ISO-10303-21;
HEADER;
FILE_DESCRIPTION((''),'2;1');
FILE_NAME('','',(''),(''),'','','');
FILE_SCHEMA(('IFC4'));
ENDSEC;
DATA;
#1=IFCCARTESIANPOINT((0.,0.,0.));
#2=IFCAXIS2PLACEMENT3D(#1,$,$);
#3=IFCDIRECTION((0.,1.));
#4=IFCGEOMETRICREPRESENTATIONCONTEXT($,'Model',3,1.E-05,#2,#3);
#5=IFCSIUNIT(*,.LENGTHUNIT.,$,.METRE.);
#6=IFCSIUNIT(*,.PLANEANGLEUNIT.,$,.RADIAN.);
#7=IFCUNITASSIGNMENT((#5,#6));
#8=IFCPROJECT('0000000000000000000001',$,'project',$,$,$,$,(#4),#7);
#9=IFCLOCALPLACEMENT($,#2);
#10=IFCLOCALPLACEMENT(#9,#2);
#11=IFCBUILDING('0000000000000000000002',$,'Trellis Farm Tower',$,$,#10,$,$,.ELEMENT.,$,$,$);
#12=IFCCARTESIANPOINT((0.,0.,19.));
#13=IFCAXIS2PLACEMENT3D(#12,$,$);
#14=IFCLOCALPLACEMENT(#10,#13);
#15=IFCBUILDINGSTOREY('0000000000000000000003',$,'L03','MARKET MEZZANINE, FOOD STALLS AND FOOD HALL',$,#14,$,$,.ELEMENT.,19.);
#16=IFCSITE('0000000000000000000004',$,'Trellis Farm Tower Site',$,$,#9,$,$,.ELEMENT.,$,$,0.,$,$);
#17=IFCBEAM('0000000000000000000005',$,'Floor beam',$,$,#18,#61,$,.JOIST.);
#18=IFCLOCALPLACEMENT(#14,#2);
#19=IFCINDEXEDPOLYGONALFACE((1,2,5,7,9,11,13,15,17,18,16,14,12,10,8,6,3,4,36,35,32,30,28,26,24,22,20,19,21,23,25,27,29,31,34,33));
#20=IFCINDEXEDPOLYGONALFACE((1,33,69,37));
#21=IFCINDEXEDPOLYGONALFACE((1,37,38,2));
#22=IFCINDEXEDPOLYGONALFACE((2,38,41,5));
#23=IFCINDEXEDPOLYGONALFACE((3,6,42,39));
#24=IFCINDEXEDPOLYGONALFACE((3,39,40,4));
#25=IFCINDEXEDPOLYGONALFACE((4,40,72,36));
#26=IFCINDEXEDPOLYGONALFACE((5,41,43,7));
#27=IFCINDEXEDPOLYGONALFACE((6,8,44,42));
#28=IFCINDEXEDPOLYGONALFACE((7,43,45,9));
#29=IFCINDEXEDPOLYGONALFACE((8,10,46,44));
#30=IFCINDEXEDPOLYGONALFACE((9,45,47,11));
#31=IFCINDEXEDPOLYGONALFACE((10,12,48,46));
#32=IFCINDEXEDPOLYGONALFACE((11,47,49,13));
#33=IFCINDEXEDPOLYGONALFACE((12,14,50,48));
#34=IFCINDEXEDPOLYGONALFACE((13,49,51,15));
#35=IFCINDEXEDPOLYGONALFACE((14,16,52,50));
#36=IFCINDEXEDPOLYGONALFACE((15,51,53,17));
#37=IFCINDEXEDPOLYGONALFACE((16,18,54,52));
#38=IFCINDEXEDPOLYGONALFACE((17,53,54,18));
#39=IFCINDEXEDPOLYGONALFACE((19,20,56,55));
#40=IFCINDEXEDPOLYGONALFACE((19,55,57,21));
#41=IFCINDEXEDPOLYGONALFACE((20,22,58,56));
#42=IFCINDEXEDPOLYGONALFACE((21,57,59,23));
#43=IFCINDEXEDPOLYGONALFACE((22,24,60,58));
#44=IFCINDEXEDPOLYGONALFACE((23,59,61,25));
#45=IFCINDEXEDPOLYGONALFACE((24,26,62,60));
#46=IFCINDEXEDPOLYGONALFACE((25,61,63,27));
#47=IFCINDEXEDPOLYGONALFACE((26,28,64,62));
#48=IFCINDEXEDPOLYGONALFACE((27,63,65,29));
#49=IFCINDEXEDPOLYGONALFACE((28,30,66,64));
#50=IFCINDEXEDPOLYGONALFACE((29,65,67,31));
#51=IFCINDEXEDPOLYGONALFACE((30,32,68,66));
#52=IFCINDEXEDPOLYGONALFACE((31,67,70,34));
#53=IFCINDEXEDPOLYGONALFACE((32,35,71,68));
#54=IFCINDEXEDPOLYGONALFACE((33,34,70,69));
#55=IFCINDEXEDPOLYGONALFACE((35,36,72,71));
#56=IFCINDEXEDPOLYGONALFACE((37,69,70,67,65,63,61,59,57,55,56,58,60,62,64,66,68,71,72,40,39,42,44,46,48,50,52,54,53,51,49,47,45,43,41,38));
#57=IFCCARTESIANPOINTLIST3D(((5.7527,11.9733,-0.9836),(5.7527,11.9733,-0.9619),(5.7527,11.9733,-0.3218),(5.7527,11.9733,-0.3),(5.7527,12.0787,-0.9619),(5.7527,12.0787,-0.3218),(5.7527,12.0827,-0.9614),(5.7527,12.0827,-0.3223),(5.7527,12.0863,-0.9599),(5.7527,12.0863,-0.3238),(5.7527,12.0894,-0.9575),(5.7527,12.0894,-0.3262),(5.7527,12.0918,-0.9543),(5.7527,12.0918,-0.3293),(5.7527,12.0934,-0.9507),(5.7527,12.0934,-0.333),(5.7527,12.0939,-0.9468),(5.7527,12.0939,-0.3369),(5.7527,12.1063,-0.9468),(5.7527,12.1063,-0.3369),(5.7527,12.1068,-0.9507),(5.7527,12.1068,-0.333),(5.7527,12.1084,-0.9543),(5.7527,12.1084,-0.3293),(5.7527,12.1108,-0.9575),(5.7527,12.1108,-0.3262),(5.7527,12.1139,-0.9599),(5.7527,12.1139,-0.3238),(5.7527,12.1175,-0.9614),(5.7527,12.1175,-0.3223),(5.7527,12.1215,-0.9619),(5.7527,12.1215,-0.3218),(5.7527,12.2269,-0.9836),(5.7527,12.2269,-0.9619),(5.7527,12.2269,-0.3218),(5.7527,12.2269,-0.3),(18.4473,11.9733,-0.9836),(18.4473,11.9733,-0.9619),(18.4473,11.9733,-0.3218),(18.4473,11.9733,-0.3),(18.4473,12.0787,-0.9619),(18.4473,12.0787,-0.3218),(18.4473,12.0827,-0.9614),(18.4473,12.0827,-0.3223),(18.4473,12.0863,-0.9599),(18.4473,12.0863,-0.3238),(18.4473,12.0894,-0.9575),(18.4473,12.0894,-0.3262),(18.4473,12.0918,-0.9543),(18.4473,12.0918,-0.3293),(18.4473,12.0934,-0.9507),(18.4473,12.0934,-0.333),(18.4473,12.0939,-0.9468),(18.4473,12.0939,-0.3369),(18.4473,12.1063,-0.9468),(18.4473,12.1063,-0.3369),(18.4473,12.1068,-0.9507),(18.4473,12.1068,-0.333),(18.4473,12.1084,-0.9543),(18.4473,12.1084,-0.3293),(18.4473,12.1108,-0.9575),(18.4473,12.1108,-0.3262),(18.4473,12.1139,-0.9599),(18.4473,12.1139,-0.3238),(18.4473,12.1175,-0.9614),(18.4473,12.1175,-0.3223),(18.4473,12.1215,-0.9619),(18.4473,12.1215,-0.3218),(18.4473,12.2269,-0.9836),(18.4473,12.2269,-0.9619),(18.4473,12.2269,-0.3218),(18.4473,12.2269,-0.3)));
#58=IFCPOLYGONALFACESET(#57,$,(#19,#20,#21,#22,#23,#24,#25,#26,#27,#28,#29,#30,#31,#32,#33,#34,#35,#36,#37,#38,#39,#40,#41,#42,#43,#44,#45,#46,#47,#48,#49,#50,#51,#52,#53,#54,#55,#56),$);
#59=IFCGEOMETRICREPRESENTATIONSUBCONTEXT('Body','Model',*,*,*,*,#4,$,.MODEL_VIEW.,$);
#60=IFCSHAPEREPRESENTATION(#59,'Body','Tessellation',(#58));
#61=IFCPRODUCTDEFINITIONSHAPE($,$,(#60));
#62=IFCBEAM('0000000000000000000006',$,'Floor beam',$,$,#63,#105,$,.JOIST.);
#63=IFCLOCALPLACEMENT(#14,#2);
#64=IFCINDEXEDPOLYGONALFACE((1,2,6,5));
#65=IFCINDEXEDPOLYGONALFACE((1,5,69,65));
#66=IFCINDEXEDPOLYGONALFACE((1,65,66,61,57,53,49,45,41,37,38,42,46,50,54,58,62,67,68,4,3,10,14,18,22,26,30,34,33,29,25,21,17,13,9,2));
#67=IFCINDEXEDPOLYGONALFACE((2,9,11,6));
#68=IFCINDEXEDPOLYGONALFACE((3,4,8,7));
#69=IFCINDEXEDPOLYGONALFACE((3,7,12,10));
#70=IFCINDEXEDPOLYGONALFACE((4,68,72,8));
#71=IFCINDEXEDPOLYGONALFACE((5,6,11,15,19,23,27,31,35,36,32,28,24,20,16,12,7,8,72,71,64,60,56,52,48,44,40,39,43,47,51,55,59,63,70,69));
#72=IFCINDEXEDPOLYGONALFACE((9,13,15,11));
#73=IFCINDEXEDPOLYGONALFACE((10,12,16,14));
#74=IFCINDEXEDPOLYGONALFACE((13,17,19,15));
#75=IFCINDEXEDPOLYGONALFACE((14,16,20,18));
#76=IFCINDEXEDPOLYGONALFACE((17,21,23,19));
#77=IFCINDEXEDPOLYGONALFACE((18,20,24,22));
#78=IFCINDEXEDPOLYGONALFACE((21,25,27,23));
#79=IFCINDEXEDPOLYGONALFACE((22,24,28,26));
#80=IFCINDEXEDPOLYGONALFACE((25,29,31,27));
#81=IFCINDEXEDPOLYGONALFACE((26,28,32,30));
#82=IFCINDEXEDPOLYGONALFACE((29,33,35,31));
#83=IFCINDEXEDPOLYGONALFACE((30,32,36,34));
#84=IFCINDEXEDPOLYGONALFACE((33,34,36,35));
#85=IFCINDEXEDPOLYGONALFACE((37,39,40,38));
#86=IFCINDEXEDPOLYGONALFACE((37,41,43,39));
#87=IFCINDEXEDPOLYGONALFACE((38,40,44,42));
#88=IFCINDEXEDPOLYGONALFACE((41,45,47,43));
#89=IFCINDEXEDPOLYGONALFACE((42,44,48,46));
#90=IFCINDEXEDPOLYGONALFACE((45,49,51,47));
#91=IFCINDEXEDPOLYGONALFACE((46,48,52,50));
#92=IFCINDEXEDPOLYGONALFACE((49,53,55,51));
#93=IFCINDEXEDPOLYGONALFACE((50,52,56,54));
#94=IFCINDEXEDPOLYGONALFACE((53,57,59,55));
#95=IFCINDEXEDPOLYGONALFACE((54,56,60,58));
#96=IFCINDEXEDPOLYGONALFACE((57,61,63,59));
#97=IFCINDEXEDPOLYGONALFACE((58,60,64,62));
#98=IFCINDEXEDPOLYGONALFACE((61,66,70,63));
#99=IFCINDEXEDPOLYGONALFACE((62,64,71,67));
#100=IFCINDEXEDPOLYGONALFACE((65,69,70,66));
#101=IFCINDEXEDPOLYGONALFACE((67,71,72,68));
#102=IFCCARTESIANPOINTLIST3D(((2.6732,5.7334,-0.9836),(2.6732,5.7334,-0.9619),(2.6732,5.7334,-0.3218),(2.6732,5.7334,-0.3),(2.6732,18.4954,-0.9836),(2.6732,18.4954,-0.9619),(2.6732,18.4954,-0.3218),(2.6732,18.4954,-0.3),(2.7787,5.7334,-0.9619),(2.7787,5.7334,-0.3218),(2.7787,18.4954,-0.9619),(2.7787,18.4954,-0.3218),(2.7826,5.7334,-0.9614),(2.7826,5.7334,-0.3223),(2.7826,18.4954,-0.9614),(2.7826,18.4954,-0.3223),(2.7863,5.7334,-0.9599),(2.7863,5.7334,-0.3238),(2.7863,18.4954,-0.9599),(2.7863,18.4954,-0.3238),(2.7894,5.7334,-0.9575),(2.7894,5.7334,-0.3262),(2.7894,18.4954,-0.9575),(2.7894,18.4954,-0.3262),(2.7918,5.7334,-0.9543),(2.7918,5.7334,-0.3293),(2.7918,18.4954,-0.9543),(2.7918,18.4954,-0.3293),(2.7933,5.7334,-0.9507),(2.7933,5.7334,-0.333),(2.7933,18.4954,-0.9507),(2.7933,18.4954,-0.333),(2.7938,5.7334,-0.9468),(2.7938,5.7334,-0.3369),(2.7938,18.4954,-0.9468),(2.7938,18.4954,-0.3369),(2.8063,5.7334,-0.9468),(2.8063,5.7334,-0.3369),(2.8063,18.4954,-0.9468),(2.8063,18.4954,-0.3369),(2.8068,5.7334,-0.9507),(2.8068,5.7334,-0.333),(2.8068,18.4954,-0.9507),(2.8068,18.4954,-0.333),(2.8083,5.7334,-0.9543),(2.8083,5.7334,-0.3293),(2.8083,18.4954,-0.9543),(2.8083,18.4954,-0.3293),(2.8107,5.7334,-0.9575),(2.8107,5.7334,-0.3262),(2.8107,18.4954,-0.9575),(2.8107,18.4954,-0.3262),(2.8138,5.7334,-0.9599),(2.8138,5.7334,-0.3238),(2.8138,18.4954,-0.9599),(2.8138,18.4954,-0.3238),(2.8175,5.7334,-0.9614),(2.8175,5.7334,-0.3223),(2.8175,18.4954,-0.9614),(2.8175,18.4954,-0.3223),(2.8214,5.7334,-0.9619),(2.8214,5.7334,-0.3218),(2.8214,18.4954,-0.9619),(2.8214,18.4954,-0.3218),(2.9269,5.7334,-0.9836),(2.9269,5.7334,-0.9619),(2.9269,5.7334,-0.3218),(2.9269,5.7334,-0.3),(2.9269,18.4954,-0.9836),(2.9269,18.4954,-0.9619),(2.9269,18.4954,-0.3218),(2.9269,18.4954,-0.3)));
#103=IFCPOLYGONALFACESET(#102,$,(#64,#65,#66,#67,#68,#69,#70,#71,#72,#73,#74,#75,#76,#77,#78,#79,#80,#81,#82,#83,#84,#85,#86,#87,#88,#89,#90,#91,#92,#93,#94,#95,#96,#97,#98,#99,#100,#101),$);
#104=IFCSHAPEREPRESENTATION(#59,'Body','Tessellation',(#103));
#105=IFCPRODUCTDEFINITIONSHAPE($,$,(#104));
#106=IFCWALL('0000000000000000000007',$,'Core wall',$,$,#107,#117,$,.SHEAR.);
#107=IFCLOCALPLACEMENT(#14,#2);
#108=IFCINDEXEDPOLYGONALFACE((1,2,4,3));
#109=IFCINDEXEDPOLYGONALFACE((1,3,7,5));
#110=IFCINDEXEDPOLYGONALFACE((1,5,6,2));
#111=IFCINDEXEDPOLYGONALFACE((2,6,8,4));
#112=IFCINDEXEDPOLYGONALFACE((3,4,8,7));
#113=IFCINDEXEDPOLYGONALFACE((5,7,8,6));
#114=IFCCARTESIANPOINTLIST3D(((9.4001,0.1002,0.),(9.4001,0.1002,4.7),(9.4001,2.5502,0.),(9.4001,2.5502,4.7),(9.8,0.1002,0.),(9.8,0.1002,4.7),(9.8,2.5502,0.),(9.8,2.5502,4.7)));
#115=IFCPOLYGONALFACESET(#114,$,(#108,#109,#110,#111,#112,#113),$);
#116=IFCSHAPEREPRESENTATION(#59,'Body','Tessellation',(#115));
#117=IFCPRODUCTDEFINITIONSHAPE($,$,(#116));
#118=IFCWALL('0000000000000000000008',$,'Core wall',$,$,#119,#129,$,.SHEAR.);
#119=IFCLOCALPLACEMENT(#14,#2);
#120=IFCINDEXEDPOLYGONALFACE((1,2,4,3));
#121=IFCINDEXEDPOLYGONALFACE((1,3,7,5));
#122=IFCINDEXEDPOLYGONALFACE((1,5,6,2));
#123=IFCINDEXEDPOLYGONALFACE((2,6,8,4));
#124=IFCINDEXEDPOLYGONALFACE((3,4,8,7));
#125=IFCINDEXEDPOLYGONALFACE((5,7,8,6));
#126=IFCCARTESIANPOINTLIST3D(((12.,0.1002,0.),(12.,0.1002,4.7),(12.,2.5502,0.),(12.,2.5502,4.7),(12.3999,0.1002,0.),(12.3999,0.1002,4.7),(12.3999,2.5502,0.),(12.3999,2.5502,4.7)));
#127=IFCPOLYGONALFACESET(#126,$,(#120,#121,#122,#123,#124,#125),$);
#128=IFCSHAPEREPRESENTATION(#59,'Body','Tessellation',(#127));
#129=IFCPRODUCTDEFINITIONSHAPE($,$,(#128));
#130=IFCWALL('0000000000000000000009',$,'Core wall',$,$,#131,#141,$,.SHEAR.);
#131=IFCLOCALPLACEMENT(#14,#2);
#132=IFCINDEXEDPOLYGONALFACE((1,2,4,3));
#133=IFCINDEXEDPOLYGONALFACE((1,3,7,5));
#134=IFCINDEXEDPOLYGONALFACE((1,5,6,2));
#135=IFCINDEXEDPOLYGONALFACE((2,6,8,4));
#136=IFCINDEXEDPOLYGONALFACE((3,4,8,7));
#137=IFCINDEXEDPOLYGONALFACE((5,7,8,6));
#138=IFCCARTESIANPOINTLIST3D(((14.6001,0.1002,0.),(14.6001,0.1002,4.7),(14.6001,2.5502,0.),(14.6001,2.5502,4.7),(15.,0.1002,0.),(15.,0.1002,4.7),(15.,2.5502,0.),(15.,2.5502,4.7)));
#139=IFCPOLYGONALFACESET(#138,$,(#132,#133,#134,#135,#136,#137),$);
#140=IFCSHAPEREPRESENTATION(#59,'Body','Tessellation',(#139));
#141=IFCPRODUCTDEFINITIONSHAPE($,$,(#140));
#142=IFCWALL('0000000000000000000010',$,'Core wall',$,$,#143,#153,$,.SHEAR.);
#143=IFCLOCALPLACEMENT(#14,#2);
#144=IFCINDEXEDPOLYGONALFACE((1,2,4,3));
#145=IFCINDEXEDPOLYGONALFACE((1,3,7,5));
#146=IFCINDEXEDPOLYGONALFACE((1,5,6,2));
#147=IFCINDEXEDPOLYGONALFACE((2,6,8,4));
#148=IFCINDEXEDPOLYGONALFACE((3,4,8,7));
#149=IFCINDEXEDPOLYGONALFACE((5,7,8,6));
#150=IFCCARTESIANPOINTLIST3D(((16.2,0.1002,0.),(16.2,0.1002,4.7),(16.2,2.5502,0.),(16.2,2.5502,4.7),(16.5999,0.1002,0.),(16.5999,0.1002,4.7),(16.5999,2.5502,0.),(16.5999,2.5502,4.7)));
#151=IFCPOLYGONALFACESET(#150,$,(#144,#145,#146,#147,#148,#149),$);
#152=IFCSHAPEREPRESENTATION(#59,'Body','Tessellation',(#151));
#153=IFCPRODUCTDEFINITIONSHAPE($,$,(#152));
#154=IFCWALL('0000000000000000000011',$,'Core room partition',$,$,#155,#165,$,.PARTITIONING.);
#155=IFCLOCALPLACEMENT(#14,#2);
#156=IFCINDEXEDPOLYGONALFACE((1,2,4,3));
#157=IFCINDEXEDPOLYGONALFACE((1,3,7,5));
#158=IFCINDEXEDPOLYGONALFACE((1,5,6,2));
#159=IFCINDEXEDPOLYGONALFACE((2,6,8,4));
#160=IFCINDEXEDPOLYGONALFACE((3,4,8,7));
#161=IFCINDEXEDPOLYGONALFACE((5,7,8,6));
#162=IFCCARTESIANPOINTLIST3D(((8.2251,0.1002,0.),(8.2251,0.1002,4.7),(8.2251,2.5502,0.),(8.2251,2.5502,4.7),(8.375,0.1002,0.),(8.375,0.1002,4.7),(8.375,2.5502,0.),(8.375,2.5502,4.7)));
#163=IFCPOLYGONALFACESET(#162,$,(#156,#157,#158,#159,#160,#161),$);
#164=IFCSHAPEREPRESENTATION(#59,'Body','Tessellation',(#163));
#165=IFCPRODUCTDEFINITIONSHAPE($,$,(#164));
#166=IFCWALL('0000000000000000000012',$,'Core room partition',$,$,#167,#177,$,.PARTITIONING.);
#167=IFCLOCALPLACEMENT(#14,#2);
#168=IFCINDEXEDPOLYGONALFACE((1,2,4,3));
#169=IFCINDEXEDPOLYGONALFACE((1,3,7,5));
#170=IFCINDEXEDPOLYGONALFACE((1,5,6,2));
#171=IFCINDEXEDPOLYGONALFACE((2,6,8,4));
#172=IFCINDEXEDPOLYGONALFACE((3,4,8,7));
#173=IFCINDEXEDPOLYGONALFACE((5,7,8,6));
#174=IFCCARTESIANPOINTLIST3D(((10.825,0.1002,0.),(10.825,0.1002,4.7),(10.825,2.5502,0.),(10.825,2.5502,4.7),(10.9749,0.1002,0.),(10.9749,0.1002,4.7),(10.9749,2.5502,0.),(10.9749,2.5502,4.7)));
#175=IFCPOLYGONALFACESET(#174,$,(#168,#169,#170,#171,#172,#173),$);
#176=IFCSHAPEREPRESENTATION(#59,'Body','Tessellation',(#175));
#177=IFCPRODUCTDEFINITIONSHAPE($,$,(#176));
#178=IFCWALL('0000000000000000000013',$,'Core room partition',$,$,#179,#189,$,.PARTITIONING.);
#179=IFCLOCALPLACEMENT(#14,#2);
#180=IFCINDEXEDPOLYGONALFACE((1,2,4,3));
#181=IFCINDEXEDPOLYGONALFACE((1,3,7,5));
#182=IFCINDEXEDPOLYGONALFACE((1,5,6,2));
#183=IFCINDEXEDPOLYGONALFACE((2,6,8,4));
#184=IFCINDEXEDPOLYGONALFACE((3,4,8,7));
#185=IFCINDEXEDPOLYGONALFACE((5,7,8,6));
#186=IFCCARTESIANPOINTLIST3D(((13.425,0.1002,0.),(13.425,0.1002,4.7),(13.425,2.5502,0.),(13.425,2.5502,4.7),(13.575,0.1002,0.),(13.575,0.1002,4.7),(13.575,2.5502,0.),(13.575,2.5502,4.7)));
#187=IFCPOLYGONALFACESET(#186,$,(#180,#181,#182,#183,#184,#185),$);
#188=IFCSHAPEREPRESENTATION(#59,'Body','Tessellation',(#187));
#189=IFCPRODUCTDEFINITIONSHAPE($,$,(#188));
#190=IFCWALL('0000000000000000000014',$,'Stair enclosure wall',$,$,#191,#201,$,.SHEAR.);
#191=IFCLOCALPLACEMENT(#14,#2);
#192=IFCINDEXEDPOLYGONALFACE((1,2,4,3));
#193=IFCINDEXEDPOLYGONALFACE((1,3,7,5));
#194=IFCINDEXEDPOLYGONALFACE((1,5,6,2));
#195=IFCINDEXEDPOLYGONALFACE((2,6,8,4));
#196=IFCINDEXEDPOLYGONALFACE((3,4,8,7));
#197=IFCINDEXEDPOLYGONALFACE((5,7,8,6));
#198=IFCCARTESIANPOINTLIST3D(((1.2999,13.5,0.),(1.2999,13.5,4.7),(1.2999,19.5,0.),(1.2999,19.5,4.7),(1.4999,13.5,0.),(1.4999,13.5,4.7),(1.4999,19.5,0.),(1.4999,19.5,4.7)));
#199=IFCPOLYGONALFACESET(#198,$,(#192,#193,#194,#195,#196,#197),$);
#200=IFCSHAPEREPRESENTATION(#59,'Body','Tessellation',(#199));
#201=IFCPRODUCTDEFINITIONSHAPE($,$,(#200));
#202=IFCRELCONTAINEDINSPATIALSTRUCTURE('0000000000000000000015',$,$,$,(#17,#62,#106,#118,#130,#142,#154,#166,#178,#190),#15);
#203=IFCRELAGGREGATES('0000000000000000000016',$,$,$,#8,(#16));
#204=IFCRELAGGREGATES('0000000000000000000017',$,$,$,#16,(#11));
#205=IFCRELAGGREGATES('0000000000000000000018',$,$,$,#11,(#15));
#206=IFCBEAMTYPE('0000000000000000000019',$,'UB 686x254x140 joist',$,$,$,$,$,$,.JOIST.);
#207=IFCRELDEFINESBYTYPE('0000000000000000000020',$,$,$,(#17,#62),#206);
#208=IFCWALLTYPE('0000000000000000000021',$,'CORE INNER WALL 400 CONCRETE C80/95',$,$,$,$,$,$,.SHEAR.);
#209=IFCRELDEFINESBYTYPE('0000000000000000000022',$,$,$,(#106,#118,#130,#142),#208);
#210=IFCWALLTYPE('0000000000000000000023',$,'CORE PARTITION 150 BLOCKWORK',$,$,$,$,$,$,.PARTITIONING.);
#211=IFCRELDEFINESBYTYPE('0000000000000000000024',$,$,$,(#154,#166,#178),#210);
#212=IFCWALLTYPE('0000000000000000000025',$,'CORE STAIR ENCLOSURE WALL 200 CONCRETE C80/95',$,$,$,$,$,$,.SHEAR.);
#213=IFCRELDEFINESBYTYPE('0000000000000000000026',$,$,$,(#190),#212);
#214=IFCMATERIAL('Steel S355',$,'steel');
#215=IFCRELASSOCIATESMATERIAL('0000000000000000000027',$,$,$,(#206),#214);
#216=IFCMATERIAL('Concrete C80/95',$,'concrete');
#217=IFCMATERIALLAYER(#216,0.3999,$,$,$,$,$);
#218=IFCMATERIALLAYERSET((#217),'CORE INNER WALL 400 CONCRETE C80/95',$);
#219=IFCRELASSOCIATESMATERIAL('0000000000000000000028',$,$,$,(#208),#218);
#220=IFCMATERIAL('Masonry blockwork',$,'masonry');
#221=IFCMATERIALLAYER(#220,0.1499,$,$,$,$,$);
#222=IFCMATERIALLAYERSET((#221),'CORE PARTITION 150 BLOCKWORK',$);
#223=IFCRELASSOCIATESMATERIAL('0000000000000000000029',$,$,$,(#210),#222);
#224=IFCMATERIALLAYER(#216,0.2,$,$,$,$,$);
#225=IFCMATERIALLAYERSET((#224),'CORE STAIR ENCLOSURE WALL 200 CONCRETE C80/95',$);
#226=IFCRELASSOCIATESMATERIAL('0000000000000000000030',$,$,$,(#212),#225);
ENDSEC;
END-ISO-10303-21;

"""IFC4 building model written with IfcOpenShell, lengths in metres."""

from ifc_helpers import new_model, si_unit, direction, frame, frame_2d, origin, origin_2d, place, context, subcontext, project, spatial, rectangle, i_section, extrude, source, transform, mapped, material, layer, layer_set, material_profile, profile_set, type_object, element, save


model = new_model("IFC4")

# Units and contexts
model_context = context("Model", 3, precision=1e-05, world=origin(), true_north=direction((0.0, 1.0)))
body_context = subcontext(model_context, "Body", "Model", "MODEL_VIEW")
ifc_project = project(units=[si_unit("LENGTHUNIT", "METRE"), si_unit("PLANEANGLEUNIT", "RADIAN")], contexts=[model_context])

# Site, building, storey
site_placement = place(None, origin())
site = spatial("IfcSite", under=ifc_project, at=site_placement, Name="Trellis Farm Tower Site", CompositionType="ELEMENT", RefElevation=0.0)
building_placement = place(site_placement, origin())
building = spatial("IfcBuilding", under=site, at=building_placement, Name="Trellis Farm Tower", CompositionType="ELEMENT")
storey_placement = place(building_placement, frame((0.0, 0.0, 19.0)))
storey = spatial("IfcBuildingStorey", under=building, at=storey_placement, Name="L03", Description="MARKET MEZZANINE, FOOD STALLS AND FOOD HALL", CompositionType="ELEMENT", Elevation=19.0)

# Shared definitions
ifc_material_1 = material(Name="Concrete C80/95", Category="concrete")

# Beams
ifc_material_2 = material(Name="Steel S355", Category="steel")
ifc_material_profile_1 = material_profile(ifc_material_2, i_section(OverallWidth=0.2537, OverallDepth=0.6836, WebThickness=0.0125, FlangeThickness=0.0217, FilletRadius=0.0151, at=origin_2d()), Name="UB 686x254x140")
ifc_profile_set_1 = profile_set([ifc_material_profile_1], Name="Steel S355")
beam_type_1 = type_object("IfcBeamType", Name="UB 686x254x140 joist", PredefinedType="JOIST", material=ifc_profile_set_1)
shared_shape_1 = source(origin(), body_context, "Body", "SweptSolid", [
    extrude(i_section(OverallWidth=0.2537, OverallDepth=0.6836, WebThickness=0.0125, FlangeThickness=0.0217, FilletRadius=0.0151, at=origin_2d()), origin(), (0.0, 0.0, 1.0), 12.6946),
])
for number, where, z_axis, x_axis, name in (
    (1, (5.7527, 12.1001, -0.6418), (1.0, 0.0, 0.0), (0.0, 1.0, 0.0), "Floor beam"),
):
    element("IfcBeam", number, at=place(storey_placement, frame(where, z_axis=z_axis, x_axis=x_axis)), inside=storey, type_object=beam_type_1, Name=name, PredefinedType="JOIST", context=body_context, shape_type="MappedRepresentation", body=[
        mapped(shared_shape_1, transform((0.0, 0.0, 0.0))),
    ])
shared_shape_2 = source(origin(), body_context, "Body", "SweptSolid", [
    extrude(i_section(OverallWidth=0.2537, OverallDepth=0.6836, WebThickness=0.0125, FlangeThickness=0.0217, FilletRadius=0.0151, at=origin_2d()), origin(), (0.0, 0.0, 1.0), 12.762),
])
beam_placement = place(storey_placement, frame((2.8, 5.7334, -0.6418), z_axis=(0.0, 1.0, 0.0), x_axis=(-1.0, 0.0, 0.0)))
element("IfcBeam", 2, at=beam_placement, inside=storey, type_object=beam_type_1, Name="Floor beam", PredefinedType="JOIST", context=body_context, shape_type="MappedRepresentation", body=[
    mapped(shared_shape_2, transform((0.0, 0.0, 0.0))),
])

# Walls
ifc_layer_1 = layer(ifc_material_1, 0.3999)
ifc_layer_set_1 = layer_set([ifc_layer_1], Name="CORE INNER WALL 400 CONCRETE C80/95")
wall_type_1 = type_object("IfcWallType", Name="CORE INNER WALL 400 CONCRETE C80/95", PredefinedType="SHEAR", material=ifc_layer_set_1)
shared_shape_3 = source(origin(), body_context, "Body", "SweptSolid", [
    extrude(rectangle(XDim=2.45, YDim=0.3999, at=frame_2d((1.2251, 0.0))), origin(), (0.0, 0.0, 1.0), 4.7),
])
for number, where, z_axis, x_axis, name in (
    (3, (9.6001, 0.1001, 0.0), (0.0, 0.0, 1.0), (0.0, 1.0, 0.0), "Core wall"),
    (4, (12.2, 0.1001, 0.0), (0.0, 0.0, 1.0), (0.0, 1.0, 0.0), "Core wall"),
    (5, (14.8, 0.1001, 0.0), (0.0, 0.0, 1.0), (0.0, 1.0, 0.0), "Core wall"),
    (6, (16.3999, 0.1001, 0.0), (0.0, 0.0, 1.0), (0.0, 1.0, 0.0), "Core wall"),
):
    element("IfcWall", number, at=place(storey_placement, frame(where, z_axis=z_axis, x_axis=x_axis)), inside=storey, type_object=wall_type_1, Name=name, PredefinedType="SHEAR", context=body_context, shape_type="MappedRepresentation", body=[
        mapped(shared_shape_3, transform((0.0, 0.0, 0.0))),
    ])

# Walls
ifc_material_3 = material(Name="Masonry blockwork", Category="masonry")
ifc_layer_2 = layer(ifc_material_3, 0.1499)
ifc_layer_set_2 = layer_set([ifc_layer_2], Name="CORE PARTITION 150 BLOCKWORK")
wall_type_2 = type_object("IfcWallType", Name="CORE PARTITION 150 BLOCKWORK", PredefinedType="PARTITIONING", material=ifc_layer_set_2)
shared_shape_4 = source(origin(), body_context, "Body", "SweptSolid", [
    extrude(rectangle(XDim=2.45, YDim=0.1499, at=frame_2d((1.2251, 0.0))), origin(), (0.0, 0.0, 1.0), 4.7),
])
for number, where, z_axis, x_axis, name in (
    (7, (8.3, 0.1001, 0.0), (0.0, 0.0, 1.0), (0.0, 1.0, 0.0), "Core room partition"),
    (8, (10.8999, 0.1001, 0.0), (0.0, 0.0, 1.0), (0.0, 1.0, 0.0), "Core room partition"),
    (9, (13.5, 0.1001, 0.0), (0.0, 0.0, 1.0), (0.0, 1.0, 0.0), "Core room partition"),
):
    element("IfcWall", number, at=place(storey_placement, frame(where, z_axis=z_axis, x_axis=x_axis)), inside=storey, type_object=wall_type_2, Name=name, PredefinedType="PARTITIONING", context=body_context, shape_type="MappedRepresentation", body=[
        mapped(shared_shape_4, transform((0.0, 0.0, 0.0))),
    ])
ifc_layer_3 = layer(ifc_material_1, 0.2)
ifc_layer_set_3 = layer_set([ifc_layer_3], Name="CORE STAIR ENCLOSURE WALL 200 CONCRETE C80/95")
wall_type_3 = type_object("IfcWallType", Name="CORE STAIR ENCLOSURE WALL 200 CONCRETE C80/95", PredefinedType="SHEAR", material=ifc_layer_set_3)
shared_shape_5 = source(origin(), body_context, "Body", "SweptSolid", [
    extrude(rectangle(XDim=6.0, YDim=0.2, at=frame_2d((3.0, 0.0))), origin(), (0.0, 0.0, 1.0), 4.7),
])
wall_1_placement = place(storey_placement, frame((1.3999, 13.5, 0.0), z_axis=(0.0, 0.0, 1.0), x_axis=(0.0, 1.0, 0.0)))
element("IfcWall", 10, at=wall_1_placement, inside=storey, type_object=wall_type_3, Name="Stair enclosure wall", PredefinedType="SHEAR", context=body_context, shape_type="MappedRepresentation", body=[
    mapped(shared_shape_5, transform((0.0, 0.0, 0.0))),
])

save(model, "model.ifc")
